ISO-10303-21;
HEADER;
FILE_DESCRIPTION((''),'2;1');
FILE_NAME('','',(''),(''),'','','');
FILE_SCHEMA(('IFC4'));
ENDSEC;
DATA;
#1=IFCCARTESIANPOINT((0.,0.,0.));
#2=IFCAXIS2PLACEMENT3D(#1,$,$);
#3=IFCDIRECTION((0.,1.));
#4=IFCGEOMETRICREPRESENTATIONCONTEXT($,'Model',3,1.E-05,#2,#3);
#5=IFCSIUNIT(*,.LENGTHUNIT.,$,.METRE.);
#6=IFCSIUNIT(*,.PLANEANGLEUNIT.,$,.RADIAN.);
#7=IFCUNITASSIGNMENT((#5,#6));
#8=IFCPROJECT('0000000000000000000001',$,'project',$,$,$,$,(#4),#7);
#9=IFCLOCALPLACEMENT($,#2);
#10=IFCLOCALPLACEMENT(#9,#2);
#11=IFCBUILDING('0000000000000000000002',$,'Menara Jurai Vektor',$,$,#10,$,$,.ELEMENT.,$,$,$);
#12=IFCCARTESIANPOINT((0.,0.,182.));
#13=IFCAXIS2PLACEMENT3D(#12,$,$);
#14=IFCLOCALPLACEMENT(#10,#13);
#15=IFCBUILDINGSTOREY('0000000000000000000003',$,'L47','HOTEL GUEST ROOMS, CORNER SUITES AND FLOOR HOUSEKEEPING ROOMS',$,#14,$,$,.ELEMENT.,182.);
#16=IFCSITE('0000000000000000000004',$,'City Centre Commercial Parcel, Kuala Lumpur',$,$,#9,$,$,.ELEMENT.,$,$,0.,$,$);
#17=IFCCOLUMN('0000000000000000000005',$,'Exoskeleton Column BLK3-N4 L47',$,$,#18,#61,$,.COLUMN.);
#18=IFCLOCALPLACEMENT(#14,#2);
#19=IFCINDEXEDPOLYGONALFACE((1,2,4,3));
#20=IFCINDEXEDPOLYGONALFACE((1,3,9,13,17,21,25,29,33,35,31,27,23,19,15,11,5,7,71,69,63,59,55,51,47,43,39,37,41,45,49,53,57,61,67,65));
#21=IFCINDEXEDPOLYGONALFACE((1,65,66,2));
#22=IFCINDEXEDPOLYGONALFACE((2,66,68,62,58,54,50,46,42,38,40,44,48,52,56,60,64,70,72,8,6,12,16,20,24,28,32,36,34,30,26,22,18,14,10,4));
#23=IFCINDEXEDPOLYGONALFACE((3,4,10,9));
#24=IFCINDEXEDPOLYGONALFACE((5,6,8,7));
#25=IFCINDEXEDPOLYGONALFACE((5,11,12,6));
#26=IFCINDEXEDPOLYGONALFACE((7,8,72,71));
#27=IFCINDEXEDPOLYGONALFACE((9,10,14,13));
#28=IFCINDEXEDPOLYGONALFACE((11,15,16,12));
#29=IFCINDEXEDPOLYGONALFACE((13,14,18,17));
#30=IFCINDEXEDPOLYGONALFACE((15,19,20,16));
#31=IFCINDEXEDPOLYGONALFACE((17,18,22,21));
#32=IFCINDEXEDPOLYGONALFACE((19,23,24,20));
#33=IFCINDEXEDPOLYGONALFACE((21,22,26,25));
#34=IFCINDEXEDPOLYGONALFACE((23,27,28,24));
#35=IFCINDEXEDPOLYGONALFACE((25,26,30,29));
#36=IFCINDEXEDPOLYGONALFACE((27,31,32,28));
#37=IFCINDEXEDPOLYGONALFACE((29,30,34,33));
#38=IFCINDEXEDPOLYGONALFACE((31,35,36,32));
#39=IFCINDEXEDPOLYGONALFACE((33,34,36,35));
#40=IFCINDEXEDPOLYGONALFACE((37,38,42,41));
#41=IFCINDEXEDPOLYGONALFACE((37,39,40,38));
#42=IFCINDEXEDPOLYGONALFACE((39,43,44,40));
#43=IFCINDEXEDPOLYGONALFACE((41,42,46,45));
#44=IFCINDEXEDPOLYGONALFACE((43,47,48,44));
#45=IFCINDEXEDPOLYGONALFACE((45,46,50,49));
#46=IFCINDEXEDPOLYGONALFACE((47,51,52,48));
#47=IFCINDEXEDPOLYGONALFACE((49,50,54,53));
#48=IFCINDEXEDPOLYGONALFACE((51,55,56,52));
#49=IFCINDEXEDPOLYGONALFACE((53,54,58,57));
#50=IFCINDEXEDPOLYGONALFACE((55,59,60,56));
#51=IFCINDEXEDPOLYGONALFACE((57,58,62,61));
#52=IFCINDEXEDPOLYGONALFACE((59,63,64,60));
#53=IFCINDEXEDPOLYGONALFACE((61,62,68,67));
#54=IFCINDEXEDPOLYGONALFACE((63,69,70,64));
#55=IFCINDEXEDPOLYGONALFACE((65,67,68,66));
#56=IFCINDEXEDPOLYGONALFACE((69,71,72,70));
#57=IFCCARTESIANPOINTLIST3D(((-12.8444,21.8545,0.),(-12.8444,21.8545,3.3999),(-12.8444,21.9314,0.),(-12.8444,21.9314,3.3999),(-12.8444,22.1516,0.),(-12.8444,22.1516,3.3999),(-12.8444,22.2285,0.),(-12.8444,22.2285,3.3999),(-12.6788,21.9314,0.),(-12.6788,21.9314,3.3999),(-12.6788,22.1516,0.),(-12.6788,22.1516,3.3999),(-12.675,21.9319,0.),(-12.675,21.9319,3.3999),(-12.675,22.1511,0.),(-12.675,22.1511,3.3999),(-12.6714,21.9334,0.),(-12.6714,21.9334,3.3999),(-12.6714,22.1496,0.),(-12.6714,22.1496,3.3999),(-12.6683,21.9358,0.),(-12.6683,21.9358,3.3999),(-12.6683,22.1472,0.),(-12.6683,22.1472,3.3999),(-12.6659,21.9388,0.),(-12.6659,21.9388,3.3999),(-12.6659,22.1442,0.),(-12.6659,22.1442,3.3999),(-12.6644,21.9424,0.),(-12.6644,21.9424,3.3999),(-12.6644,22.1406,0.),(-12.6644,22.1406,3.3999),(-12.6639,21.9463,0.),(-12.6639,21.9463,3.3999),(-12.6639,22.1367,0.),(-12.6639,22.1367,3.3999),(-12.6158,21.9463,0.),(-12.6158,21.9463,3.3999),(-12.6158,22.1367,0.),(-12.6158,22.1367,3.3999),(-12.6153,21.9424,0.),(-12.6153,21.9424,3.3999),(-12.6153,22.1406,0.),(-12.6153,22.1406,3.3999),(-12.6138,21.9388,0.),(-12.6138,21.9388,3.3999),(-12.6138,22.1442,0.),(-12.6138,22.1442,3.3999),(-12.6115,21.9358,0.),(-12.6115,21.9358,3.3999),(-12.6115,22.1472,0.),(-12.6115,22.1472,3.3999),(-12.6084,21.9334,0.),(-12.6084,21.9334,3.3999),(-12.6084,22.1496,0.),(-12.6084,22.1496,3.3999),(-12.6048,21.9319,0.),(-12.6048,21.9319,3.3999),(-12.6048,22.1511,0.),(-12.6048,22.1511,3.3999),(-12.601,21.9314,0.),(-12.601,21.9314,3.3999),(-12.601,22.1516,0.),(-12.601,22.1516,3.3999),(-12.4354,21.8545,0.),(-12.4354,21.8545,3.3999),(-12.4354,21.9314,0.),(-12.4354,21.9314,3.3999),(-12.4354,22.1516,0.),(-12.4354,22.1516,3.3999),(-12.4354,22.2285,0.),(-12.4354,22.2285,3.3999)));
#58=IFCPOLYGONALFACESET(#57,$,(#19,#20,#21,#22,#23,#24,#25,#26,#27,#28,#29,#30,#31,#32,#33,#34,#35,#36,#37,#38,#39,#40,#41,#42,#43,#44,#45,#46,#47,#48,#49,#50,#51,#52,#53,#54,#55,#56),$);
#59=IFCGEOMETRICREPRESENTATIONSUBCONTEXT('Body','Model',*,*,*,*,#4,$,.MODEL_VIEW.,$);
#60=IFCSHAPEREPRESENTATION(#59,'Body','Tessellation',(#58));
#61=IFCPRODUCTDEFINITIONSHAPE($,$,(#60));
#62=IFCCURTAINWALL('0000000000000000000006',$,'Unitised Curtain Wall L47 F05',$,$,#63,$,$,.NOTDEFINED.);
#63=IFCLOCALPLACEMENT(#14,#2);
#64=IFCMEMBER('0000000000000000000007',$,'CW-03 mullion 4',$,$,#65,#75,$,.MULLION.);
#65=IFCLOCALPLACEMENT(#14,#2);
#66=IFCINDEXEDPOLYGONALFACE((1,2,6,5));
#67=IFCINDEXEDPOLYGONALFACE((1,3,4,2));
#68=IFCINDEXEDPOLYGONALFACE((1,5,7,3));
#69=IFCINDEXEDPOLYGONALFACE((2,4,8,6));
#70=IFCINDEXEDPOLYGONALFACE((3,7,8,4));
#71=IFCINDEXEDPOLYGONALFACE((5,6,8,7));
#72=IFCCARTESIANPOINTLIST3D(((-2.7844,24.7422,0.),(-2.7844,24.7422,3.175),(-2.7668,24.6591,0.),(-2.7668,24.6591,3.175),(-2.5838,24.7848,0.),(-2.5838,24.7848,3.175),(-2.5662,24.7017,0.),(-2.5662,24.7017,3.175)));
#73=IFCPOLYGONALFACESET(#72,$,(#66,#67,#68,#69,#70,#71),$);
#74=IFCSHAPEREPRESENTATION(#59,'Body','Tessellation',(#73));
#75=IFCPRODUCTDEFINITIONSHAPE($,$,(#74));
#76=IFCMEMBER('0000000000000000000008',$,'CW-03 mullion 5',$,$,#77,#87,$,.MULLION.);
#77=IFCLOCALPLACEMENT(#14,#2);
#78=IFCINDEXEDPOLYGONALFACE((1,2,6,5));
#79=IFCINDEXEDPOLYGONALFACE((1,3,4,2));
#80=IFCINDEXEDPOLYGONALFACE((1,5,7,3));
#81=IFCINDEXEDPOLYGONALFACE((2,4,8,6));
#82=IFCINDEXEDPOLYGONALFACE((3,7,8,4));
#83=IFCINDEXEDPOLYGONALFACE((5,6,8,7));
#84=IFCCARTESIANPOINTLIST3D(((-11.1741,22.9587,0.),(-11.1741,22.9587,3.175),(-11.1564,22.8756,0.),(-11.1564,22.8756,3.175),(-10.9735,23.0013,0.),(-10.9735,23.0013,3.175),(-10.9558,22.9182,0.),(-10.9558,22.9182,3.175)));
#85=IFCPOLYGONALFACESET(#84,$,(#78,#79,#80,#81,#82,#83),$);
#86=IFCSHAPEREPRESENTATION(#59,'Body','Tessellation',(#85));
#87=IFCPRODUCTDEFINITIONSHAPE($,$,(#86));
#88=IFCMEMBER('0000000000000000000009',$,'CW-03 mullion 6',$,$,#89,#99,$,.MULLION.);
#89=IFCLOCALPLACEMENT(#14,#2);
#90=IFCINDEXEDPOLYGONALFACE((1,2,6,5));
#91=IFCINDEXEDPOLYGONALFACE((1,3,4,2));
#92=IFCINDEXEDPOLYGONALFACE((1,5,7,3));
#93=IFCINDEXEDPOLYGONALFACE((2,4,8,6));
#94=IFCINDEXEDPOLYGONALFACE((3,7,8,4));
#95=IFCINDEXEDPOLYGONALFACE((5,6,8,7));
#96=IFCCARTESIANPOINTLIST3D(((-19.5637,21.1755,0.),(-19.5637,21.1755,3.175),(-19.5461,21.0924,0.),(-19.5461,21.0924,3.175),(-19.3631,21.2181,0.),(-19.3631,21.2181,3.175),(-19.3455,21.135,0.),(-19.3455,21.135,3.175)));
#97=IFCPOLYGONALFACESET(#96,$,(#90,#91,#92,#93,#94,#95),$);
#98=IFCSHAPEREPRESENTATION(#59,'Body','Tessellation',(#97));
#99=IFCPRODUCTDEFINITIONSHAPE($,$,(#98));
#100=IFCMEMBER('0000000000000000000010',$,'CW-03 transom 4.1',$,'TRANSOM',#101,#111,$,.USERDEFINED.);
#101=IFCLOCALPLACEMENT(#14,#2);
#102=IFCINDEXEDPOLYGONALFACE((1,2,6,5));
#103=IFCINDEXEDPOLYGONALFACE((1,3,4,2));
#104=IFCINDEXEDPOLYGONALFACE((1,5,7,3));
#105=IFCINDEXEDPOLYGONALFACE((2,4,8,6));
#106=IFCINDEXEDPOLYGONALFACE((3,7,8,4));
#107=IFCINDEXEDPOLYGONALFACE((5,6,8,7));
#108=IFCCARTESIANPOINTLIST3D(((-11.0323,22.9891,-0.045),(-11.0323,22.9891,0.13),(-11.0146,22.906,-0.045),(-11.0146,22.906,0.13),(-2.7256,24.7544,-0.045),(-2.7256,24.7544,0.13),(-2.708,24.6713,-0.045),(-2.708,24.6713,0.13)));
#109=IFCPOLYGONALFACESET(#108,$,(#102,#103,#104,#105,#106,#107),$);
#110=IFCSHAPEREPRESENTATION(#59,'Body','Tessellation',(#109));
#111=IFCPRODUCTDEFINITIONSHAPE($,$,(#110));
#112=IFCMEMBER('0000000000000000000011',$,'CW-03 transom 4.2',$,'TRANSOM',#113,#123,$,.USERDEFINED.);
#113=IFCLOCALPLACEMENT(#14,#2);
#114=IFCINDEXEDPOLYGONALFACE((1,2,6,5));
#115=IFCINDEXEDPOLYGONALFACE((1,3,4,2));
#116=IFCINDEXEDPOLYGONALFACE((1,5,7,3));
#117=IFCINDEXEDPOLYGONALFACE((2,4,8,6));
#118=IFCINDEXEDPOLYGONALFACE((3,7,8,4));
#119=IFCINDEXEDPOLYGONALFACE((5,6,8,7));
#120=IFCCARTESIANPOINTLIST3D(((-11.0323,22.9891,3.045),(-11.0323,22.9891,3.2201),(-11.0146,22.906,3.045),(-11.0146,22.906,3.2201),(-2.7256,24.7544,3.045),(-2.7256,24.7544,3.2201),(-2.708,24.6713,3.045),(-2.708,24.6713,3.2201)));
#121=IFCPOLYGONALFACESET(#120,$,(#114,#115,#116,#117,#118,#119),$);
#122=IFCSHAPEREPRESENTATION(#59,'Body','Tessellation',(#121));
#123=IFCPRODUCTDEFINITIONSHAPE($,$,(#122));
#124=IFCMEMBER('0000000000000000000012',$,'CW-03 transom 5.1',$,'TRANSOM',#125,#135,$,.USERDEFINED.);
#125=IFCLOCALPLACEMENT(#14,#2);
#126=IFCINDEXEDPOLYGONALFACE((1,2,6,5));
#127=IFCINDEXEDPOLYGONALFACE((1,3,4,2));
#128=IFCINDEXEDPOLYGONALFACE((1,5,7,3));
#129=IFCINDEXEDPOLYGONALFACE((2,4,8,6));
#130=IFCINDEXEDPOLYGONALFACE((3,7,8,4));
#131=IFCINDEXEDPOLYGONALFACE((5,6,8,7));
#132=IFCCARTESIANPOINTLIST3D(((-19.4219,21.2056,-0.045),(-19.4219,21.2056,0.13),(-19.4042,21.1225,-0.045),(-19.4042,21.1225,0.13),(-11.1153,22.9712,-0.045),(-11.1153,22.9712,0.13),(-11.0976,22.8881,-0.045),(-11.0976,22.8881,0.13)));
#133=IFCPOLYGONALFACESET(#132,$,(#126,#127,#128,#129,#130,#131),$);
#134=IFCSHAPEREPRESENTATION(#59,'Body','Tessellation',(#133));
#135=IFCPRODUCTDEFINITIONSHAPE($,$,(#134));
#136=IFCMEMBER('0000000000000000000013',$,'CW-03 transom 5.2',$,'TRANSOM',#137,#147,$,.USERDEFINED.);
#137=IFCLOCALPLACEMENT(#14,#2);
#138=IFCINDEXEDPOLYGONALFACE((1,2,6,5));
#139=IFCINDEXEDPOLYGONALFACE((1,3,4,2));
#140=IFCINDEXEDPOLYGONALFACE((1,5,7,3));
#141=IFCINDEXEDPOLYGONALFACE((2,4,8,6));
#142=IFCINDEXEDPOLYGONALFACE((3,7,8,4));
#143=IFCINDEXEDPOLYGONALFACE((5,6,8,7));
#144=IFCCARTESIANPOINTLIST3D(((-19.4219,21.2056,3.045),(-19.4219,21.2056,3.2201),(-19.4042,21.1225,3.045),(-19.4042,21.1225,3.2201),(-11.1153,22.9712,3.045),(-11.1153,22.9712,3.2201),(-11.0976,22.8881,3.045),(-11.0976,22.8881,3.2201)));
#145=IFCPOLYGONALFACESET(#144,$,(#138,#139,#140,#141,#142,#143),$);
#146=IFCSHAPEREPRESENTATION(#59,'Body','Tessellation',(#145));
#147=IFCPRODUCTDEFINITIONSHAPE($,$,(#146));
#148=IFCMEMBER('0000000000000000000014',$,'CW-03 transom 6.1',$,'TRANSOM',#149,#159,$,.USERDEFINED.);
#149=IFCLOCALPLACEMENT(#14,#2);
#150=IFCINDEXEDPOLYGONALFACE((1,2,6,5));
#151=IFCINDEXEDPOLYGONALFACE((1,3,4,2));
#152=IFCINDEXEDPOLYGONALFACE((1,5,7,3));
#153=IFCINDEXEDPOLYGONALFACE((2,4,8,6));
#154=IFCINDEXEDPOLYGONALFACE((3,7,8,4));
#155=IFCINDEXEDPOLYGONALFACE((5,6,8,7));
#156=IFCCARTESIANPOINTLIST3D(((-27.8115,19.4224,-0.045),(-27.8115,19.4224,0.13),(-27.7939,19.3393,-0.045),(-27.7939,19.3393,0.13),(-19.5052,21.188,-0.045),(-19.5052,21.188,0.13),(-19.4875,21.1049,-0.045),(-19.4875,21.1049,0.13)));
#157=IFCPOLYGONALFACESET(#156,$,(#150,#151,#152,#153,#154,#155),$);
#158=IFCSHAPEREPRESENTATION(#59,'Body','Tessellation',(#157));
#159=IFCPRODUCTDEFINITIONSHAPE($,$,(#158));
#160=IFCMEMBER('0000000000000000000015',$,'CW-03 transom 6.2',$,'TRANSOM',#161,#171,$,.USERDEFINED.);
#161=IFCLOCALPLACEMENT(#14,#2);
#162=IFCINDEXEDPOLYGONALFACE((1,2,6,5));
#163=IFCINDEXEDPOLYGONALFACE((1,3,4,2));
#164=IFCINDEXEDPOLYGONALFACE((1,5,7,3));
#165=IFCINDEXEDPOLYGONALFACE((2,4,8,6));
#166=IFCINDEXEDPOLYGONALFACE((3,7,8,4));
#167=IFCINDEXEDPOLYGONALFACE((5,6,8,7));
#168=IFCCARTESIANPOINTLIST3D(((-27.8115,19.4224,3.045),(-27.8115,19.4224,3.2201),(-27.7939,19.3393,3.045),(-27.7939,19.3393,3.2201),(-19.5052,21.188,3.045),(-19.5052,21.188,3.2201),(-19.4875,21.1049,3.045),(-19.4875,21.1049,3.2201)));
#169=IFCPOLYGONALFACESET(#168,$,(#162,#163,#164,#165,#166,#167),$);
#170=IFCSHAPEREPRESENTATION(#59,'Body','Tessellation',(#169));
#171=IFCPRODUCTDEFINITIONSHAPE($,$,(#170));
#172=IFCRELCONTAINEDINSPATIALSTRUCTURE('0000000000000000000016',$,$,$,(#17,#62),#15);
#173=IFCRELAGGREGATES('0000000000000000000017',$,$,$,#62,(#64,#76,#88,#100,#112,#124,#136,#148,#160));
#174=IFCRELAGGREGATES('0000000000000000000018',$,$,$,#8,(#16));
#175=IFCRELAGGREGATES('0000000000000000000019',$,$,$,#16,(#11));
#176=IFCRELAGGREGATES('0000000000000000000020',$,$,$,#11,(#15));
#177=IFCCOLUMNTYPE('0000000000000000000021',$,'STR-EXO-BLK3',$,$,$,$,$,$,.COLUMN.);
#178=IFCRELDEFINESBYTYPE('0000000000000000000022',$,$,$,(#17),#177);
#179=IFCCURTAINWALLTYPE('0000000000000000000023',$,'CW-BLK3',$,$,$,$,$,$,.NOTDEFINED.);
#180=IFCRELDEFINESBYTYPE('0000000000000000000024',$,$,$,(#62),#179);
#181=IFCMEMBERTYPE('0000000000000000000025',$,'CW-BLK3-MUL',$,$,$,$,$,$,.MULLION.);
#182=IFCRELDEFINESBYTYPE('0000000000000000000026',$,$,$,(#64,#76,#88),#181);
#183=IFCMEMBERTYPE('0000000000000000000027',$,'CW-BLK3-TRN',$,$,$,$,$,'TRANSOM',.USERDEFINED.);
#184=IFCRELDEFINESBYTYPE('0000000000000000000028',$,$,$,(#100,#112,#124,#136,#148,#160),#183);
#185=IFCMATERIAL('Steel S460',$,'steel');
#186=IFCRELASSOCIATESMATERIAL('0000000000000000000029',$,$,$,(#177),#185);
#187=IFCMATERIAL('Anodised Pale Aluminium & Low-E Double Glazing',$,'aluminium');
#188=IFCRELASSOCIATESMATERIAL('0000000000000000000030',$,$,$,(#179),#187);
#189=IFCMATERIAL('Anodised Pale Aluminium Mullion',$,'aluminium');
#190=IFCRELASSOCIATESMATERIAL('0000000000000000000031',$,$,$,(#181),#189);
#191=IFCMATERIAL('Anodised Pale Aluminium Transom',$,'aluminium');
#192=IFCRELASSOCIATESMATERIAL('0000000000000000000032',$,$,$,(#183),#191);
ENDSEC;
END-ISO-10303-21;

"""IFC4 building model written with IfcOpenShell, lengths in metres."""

from ifc_helpers import new_model, si_unit, direction, frame, origin, origin_2d, place, context, subcontext, project, spatial, rectangle, i_section, extrude, material, material_profile, profile_set, type_object, element, aggregate, save


model = new_model("IFC4")

# Units and contexts
model_context = context("Model", 3, precision=1e-05, world=origin(), true_north=direction((0.0, 1.0)))
body_context = subcontext(model_context, "Body", "Model", "MODEL_VIEW")
ifc_project = project(units=[si_unit("LENGTHUNIT", "METRE"), si_unit("PLANEANGLEUNIT", "RADIAN")], contexts=[model_context])

# Site, building, storey
site_placement = place(None, origin())
site = spatial("IfcSite", under=ifc_project, at=site_placement, Name="City Centre Commercial Parcel, Kuala Lumpur", CompositionType="ELEMENT", RefElevation=0.0)
building_placement = place(site_placement, origin())
building = spatial("IfcBuilding", under=site, at=building_placement, Name="Menara Jurai Vektor", CompositionType="ELEMENT")
storey_placement = place(building_placement, frame((0.0, 0.0, 182.0)))
storey = spatial("IfcBuildingStorey", under=building, at=storey_placement, Name="L47", Description="HOTEL GUEST ROOMS, CORNER SUITES AND FLOOR HOUSEKEEPING ROOMS", CompositionType="ELEMENT", Elevation=182.0)

# Column
ifc_material_1 = material(Name="Steel S460", Category="steel")
ifc_material_profile_1 = material_profile(ifc_material_1, i_section(OverallWidth=0.4089, OverallDepth=0.374, WebThickness=0.0481, FlangeThickness=0.0769, FilletRadius=0.0149, at=origin_2d()), Name="HD 400x634")
ifc_profile_set_1 = profile_set([ifc_material_profile_1], Name="Steel S460")
column_type = type_object("IfcColumnType", Name="STR-EXO-BLK3", PredefinedType="COLUMN", material=ifc_profile_set_1)
column_placement = place(storey_placement, frame((-12.6399, 22.0415, 0.0), z_axis=(0.0, 0.0, 1.0), x_axis=(1.0, 0.0, 0.0)))
element("IfcColumn", 1, at=column_placement, inside=storey, type_object=column_type, Name="Exoskeleton Column BLK3-N4 L47", PredefinedType="COLUMN", context=body_context, shape_type="SweptSolid", body=[
    extrude(i_section(OverallWidth=0.4089, OverallDepth=0.374, WebThickness=0.0481, FlangeThickness=0.0769, FilletRadius=0.0149, at=origin_2d()), origin(), (0.0, 0.0, 1.0), 3.3999),
])

# Curtain wall, members
ifc_material_2 = material(Name="Anodised Pale Aluminium & Low-E Double Glazing", Category="aluminium")
curtain_wall_type = type_object("IfcCurtainWallType", Name="CW-BLK3", PredefinedType="NOTDEFINED", material=ifc_material_2)
curtain_wall_placement = place(storey_placement, origin())
curtain_wall = element("IfcCurtainWall", 2, at=curtain_wall_placement, inside=storey, type_object=curtain_wall_type, Name="Unitised Curtain Wall L47 F05", PredefinedType="NOTDEFINED")
ifc_material_3 = material(Name="Anodised Pale Aluminium Mullion", Category="aluminium")
ifc_material_profile_2 = material_profile(ifc_material_3, rectangle(XDim=0.085, YDim=0.2051, at=origin_2d()), Name="ALU MUL 85x205")
ifc_profile_set_2 = profile_set([ifc_material_profile_2], Name="Anodised Pale Aluminium Mullion")
member_type_1 = type_object("IfcMemberType", Name="CW-BLK3-MUL", PredefinedType="MULLION", material=ifc_profile_set_2)
member_1_placement = place(storey_placement, frame((-2.6753, 24.7219, 0.0), z_axis=(0.0, 0.0, 1.0), x_axis=(0.207911, -0.978148, 0.0)))
member_1 = element("IfcMember", 3, at=member_1_placement, type_object=member_type_1, Name="CW-03 mullion 4", PredefinedType="MULLION", context=body_context, shape_type="SweptSolid", body=[
    extrude(rectangle(XDim=0.085, YDim=0.2051, at=origin_2d()), origin(), (0.0, 0.0, 1.0), 3.175),
])
member_2_placement = place(storey_placement, frame((-11.0649, 22.9385, 0.0), z_axis=(0.0, 0.0, 1.0), x_axis=(0.207911, -0.978148, 0.0)))
member_2 = element("IfcMember", 4, at=member_2_placement, type_object=member_type_1, Name="CW-03 mullion 5", PredefinedType="MULLION", context=body_context, shape_type="SweptSolid", body=[
    extrude(rectangle(XDim=0.085, YDim=0.2051, at=origin_2d()), origin(), (0.0, 0.0, 1.0), 3.175),
])
member_3_placement = place(storey_placement, frame((-19.4546, 21.1553, 0.0), z_axis=(0.0, 0.0, 1.0), x_axis=(0.207911, -0.978148, 0.0)))
member_3 = element("IfcMember", 5, at=member_3_placement, type_object=member_type_1, Name="CW-03 mullion 6", PredefinedType="MULLION", context=body_context, shape_type="SweptSolid", body=[
    extrude(rectangle(XDim=0.085, YDim=0.2051, at=origin_2d()), origin(), (0.0, 0.0, 1.0), 3.175),
])
ifc_material_4 = material(Name="Anodised Pale Aluminium Transom", Category="aluminium")
ifc_material_profile_3 = material_profile(ifc_material_4, rectangle(XDim=0.085, YDim=0.175, at=origin_2d()), Name="ALU TRN 85x175")
ifc_profile_set_3 = profile_set([ifc_material_profile_3], Name="Anodised Pale Aluminium Transom")
member_type_2 = type_object("IfcMemberType", Name="CW-BLK3-TRN", ElementType="TRANSOM", PredefinedType="USERDEFINED", material=ifc_profile_set_3)
member_4_placement = place(storey_placement, frame((-2.7168, 24.7129, 0.0425), z_axis=(-0.978154, -0.207884, 0.0), x_axis=(0.207884, -0.978154, 0.0)))
member_4 = element("IfcMember", 6, at=member_4_placement, type_object=member_type_2, Name="CW-03 transom 4.1", ObjectType="TRANSOM", PredefinedType="USERDEFINED", context=body_context, shape_type="SweptSolid", body=[
    extrude(rectangle(XDim=0.085, YDim=0.175, at=origin_2d()), origin(), (0.0, 0.0, 1.0), 8.4922),
])
member_5_placement = place(storey_placement, frame((-2.7168, 24.7129, 3.1326), z_axis=(-0.978154, -0.207884, 0.0), x_axis=(0.207884, -0.978154, 0.0)))
member_5 = element("IfcMember", 7, at=member_5_placement, type_object=member_type_2, Name="CW-03 transom 4.2", ObjectType="TRANSOM", PredefinedType="USERDEFINED", context=body_context, shape_type="SweptSolid", body=[
    extrude(rectangle(XDim=0.085, YDim=0.175, at=origin_2d()), origin(), (0.0, 0.0, 1.0), 8.4922),
])
member_6_placement = place(storey_placement, frame((-11.1064, 22.9297, 0.0425), z_axis=(-0.978148, -0.207911, 0.0), x_axis=(0.207911, -0.978148, 0.0)))
member_6 = element("IfcMember", 8, at=member_6_placement, type_object=member_type_2, Name="CW-03 transom 5.1", ObjectType="TRANSOM", PredefinedType="USERDEFINED", context=body_context, shape_type="SweptSolid", body=[
    extrude(rectangle(XDim=0.085, YDim=0.175, at=origin_2d()), origin(), (0.0, 0.0, 1.0), 8.4922),
])
member_7_placement = place(storey_placement, frame((-11.1064, 22.9297, 3.1326), z_axis=(-0.978148, -0.207911, 0.0), x_axis=(0.207911, -0.978148, 0.0)))
member_7 = element("IfcMember", 9, at=member_7_placement, type_object=member_type_2, Name="CW-03 transom 5.2", ObjectType="TRANSOM", PredefinedType="USERDEFINED", context=body_context, shape_type="SweptSolid", body=[
    extrude(rectangle(XDim=0.085, YDim=0.175, at=origin_2d()), origin(), (0.0, 0.0, 1.0), 8.4922),
])
member_8_placement = place(storey_placement, frame((-19.4963, 21.1465, 0.0425), z_axis=(-0.978147, -0.207917, 0.0), x_axis=(0.207917, -0.978147, 0.0)))
member_8 = element("IfcMember", 10, at=member_8_placement, type_object=member_type_2, Name="CW-03 transom 6.1", ObjectType="TRANSOM", PredefinedType="USERDEFINED", context=body_context, shape_type="SweptSolid", body=[
    extrude(rectangle(XDim=0.085, YDim=0.175, at=origin_2d()), origin(), (0.0, 0.0, 1.0), 8.4919),
])
member_9_placement = place(storey_placement, frame((-19.4963, 21.1465, 3.1326), z_axis=(-0.978147, -0.207917, 0.0), x_axis=(0.207917, -0.978147, 0.0)))
member_9 = element("IfcMember", 11, at=member_9_placement, type_object=member_type_2, Name="CW-03 transom 6.2", ObjectType="TRANSOM", PredefinedType="USERDEFINED", context=body_context, shape_type="SweptSolid", body=[
    extrude(rectangle(XDim=0.085, YDim=0.175, at=origin_2d()), origin(), (0.0, 0.0, 1.0), 8.4919),
])

aggregate(curtain_wall, [member_1, member_2, member_3, member_4, member_5, member_6, member_7, member_8, member_9])

save(model, "model.ifc")
